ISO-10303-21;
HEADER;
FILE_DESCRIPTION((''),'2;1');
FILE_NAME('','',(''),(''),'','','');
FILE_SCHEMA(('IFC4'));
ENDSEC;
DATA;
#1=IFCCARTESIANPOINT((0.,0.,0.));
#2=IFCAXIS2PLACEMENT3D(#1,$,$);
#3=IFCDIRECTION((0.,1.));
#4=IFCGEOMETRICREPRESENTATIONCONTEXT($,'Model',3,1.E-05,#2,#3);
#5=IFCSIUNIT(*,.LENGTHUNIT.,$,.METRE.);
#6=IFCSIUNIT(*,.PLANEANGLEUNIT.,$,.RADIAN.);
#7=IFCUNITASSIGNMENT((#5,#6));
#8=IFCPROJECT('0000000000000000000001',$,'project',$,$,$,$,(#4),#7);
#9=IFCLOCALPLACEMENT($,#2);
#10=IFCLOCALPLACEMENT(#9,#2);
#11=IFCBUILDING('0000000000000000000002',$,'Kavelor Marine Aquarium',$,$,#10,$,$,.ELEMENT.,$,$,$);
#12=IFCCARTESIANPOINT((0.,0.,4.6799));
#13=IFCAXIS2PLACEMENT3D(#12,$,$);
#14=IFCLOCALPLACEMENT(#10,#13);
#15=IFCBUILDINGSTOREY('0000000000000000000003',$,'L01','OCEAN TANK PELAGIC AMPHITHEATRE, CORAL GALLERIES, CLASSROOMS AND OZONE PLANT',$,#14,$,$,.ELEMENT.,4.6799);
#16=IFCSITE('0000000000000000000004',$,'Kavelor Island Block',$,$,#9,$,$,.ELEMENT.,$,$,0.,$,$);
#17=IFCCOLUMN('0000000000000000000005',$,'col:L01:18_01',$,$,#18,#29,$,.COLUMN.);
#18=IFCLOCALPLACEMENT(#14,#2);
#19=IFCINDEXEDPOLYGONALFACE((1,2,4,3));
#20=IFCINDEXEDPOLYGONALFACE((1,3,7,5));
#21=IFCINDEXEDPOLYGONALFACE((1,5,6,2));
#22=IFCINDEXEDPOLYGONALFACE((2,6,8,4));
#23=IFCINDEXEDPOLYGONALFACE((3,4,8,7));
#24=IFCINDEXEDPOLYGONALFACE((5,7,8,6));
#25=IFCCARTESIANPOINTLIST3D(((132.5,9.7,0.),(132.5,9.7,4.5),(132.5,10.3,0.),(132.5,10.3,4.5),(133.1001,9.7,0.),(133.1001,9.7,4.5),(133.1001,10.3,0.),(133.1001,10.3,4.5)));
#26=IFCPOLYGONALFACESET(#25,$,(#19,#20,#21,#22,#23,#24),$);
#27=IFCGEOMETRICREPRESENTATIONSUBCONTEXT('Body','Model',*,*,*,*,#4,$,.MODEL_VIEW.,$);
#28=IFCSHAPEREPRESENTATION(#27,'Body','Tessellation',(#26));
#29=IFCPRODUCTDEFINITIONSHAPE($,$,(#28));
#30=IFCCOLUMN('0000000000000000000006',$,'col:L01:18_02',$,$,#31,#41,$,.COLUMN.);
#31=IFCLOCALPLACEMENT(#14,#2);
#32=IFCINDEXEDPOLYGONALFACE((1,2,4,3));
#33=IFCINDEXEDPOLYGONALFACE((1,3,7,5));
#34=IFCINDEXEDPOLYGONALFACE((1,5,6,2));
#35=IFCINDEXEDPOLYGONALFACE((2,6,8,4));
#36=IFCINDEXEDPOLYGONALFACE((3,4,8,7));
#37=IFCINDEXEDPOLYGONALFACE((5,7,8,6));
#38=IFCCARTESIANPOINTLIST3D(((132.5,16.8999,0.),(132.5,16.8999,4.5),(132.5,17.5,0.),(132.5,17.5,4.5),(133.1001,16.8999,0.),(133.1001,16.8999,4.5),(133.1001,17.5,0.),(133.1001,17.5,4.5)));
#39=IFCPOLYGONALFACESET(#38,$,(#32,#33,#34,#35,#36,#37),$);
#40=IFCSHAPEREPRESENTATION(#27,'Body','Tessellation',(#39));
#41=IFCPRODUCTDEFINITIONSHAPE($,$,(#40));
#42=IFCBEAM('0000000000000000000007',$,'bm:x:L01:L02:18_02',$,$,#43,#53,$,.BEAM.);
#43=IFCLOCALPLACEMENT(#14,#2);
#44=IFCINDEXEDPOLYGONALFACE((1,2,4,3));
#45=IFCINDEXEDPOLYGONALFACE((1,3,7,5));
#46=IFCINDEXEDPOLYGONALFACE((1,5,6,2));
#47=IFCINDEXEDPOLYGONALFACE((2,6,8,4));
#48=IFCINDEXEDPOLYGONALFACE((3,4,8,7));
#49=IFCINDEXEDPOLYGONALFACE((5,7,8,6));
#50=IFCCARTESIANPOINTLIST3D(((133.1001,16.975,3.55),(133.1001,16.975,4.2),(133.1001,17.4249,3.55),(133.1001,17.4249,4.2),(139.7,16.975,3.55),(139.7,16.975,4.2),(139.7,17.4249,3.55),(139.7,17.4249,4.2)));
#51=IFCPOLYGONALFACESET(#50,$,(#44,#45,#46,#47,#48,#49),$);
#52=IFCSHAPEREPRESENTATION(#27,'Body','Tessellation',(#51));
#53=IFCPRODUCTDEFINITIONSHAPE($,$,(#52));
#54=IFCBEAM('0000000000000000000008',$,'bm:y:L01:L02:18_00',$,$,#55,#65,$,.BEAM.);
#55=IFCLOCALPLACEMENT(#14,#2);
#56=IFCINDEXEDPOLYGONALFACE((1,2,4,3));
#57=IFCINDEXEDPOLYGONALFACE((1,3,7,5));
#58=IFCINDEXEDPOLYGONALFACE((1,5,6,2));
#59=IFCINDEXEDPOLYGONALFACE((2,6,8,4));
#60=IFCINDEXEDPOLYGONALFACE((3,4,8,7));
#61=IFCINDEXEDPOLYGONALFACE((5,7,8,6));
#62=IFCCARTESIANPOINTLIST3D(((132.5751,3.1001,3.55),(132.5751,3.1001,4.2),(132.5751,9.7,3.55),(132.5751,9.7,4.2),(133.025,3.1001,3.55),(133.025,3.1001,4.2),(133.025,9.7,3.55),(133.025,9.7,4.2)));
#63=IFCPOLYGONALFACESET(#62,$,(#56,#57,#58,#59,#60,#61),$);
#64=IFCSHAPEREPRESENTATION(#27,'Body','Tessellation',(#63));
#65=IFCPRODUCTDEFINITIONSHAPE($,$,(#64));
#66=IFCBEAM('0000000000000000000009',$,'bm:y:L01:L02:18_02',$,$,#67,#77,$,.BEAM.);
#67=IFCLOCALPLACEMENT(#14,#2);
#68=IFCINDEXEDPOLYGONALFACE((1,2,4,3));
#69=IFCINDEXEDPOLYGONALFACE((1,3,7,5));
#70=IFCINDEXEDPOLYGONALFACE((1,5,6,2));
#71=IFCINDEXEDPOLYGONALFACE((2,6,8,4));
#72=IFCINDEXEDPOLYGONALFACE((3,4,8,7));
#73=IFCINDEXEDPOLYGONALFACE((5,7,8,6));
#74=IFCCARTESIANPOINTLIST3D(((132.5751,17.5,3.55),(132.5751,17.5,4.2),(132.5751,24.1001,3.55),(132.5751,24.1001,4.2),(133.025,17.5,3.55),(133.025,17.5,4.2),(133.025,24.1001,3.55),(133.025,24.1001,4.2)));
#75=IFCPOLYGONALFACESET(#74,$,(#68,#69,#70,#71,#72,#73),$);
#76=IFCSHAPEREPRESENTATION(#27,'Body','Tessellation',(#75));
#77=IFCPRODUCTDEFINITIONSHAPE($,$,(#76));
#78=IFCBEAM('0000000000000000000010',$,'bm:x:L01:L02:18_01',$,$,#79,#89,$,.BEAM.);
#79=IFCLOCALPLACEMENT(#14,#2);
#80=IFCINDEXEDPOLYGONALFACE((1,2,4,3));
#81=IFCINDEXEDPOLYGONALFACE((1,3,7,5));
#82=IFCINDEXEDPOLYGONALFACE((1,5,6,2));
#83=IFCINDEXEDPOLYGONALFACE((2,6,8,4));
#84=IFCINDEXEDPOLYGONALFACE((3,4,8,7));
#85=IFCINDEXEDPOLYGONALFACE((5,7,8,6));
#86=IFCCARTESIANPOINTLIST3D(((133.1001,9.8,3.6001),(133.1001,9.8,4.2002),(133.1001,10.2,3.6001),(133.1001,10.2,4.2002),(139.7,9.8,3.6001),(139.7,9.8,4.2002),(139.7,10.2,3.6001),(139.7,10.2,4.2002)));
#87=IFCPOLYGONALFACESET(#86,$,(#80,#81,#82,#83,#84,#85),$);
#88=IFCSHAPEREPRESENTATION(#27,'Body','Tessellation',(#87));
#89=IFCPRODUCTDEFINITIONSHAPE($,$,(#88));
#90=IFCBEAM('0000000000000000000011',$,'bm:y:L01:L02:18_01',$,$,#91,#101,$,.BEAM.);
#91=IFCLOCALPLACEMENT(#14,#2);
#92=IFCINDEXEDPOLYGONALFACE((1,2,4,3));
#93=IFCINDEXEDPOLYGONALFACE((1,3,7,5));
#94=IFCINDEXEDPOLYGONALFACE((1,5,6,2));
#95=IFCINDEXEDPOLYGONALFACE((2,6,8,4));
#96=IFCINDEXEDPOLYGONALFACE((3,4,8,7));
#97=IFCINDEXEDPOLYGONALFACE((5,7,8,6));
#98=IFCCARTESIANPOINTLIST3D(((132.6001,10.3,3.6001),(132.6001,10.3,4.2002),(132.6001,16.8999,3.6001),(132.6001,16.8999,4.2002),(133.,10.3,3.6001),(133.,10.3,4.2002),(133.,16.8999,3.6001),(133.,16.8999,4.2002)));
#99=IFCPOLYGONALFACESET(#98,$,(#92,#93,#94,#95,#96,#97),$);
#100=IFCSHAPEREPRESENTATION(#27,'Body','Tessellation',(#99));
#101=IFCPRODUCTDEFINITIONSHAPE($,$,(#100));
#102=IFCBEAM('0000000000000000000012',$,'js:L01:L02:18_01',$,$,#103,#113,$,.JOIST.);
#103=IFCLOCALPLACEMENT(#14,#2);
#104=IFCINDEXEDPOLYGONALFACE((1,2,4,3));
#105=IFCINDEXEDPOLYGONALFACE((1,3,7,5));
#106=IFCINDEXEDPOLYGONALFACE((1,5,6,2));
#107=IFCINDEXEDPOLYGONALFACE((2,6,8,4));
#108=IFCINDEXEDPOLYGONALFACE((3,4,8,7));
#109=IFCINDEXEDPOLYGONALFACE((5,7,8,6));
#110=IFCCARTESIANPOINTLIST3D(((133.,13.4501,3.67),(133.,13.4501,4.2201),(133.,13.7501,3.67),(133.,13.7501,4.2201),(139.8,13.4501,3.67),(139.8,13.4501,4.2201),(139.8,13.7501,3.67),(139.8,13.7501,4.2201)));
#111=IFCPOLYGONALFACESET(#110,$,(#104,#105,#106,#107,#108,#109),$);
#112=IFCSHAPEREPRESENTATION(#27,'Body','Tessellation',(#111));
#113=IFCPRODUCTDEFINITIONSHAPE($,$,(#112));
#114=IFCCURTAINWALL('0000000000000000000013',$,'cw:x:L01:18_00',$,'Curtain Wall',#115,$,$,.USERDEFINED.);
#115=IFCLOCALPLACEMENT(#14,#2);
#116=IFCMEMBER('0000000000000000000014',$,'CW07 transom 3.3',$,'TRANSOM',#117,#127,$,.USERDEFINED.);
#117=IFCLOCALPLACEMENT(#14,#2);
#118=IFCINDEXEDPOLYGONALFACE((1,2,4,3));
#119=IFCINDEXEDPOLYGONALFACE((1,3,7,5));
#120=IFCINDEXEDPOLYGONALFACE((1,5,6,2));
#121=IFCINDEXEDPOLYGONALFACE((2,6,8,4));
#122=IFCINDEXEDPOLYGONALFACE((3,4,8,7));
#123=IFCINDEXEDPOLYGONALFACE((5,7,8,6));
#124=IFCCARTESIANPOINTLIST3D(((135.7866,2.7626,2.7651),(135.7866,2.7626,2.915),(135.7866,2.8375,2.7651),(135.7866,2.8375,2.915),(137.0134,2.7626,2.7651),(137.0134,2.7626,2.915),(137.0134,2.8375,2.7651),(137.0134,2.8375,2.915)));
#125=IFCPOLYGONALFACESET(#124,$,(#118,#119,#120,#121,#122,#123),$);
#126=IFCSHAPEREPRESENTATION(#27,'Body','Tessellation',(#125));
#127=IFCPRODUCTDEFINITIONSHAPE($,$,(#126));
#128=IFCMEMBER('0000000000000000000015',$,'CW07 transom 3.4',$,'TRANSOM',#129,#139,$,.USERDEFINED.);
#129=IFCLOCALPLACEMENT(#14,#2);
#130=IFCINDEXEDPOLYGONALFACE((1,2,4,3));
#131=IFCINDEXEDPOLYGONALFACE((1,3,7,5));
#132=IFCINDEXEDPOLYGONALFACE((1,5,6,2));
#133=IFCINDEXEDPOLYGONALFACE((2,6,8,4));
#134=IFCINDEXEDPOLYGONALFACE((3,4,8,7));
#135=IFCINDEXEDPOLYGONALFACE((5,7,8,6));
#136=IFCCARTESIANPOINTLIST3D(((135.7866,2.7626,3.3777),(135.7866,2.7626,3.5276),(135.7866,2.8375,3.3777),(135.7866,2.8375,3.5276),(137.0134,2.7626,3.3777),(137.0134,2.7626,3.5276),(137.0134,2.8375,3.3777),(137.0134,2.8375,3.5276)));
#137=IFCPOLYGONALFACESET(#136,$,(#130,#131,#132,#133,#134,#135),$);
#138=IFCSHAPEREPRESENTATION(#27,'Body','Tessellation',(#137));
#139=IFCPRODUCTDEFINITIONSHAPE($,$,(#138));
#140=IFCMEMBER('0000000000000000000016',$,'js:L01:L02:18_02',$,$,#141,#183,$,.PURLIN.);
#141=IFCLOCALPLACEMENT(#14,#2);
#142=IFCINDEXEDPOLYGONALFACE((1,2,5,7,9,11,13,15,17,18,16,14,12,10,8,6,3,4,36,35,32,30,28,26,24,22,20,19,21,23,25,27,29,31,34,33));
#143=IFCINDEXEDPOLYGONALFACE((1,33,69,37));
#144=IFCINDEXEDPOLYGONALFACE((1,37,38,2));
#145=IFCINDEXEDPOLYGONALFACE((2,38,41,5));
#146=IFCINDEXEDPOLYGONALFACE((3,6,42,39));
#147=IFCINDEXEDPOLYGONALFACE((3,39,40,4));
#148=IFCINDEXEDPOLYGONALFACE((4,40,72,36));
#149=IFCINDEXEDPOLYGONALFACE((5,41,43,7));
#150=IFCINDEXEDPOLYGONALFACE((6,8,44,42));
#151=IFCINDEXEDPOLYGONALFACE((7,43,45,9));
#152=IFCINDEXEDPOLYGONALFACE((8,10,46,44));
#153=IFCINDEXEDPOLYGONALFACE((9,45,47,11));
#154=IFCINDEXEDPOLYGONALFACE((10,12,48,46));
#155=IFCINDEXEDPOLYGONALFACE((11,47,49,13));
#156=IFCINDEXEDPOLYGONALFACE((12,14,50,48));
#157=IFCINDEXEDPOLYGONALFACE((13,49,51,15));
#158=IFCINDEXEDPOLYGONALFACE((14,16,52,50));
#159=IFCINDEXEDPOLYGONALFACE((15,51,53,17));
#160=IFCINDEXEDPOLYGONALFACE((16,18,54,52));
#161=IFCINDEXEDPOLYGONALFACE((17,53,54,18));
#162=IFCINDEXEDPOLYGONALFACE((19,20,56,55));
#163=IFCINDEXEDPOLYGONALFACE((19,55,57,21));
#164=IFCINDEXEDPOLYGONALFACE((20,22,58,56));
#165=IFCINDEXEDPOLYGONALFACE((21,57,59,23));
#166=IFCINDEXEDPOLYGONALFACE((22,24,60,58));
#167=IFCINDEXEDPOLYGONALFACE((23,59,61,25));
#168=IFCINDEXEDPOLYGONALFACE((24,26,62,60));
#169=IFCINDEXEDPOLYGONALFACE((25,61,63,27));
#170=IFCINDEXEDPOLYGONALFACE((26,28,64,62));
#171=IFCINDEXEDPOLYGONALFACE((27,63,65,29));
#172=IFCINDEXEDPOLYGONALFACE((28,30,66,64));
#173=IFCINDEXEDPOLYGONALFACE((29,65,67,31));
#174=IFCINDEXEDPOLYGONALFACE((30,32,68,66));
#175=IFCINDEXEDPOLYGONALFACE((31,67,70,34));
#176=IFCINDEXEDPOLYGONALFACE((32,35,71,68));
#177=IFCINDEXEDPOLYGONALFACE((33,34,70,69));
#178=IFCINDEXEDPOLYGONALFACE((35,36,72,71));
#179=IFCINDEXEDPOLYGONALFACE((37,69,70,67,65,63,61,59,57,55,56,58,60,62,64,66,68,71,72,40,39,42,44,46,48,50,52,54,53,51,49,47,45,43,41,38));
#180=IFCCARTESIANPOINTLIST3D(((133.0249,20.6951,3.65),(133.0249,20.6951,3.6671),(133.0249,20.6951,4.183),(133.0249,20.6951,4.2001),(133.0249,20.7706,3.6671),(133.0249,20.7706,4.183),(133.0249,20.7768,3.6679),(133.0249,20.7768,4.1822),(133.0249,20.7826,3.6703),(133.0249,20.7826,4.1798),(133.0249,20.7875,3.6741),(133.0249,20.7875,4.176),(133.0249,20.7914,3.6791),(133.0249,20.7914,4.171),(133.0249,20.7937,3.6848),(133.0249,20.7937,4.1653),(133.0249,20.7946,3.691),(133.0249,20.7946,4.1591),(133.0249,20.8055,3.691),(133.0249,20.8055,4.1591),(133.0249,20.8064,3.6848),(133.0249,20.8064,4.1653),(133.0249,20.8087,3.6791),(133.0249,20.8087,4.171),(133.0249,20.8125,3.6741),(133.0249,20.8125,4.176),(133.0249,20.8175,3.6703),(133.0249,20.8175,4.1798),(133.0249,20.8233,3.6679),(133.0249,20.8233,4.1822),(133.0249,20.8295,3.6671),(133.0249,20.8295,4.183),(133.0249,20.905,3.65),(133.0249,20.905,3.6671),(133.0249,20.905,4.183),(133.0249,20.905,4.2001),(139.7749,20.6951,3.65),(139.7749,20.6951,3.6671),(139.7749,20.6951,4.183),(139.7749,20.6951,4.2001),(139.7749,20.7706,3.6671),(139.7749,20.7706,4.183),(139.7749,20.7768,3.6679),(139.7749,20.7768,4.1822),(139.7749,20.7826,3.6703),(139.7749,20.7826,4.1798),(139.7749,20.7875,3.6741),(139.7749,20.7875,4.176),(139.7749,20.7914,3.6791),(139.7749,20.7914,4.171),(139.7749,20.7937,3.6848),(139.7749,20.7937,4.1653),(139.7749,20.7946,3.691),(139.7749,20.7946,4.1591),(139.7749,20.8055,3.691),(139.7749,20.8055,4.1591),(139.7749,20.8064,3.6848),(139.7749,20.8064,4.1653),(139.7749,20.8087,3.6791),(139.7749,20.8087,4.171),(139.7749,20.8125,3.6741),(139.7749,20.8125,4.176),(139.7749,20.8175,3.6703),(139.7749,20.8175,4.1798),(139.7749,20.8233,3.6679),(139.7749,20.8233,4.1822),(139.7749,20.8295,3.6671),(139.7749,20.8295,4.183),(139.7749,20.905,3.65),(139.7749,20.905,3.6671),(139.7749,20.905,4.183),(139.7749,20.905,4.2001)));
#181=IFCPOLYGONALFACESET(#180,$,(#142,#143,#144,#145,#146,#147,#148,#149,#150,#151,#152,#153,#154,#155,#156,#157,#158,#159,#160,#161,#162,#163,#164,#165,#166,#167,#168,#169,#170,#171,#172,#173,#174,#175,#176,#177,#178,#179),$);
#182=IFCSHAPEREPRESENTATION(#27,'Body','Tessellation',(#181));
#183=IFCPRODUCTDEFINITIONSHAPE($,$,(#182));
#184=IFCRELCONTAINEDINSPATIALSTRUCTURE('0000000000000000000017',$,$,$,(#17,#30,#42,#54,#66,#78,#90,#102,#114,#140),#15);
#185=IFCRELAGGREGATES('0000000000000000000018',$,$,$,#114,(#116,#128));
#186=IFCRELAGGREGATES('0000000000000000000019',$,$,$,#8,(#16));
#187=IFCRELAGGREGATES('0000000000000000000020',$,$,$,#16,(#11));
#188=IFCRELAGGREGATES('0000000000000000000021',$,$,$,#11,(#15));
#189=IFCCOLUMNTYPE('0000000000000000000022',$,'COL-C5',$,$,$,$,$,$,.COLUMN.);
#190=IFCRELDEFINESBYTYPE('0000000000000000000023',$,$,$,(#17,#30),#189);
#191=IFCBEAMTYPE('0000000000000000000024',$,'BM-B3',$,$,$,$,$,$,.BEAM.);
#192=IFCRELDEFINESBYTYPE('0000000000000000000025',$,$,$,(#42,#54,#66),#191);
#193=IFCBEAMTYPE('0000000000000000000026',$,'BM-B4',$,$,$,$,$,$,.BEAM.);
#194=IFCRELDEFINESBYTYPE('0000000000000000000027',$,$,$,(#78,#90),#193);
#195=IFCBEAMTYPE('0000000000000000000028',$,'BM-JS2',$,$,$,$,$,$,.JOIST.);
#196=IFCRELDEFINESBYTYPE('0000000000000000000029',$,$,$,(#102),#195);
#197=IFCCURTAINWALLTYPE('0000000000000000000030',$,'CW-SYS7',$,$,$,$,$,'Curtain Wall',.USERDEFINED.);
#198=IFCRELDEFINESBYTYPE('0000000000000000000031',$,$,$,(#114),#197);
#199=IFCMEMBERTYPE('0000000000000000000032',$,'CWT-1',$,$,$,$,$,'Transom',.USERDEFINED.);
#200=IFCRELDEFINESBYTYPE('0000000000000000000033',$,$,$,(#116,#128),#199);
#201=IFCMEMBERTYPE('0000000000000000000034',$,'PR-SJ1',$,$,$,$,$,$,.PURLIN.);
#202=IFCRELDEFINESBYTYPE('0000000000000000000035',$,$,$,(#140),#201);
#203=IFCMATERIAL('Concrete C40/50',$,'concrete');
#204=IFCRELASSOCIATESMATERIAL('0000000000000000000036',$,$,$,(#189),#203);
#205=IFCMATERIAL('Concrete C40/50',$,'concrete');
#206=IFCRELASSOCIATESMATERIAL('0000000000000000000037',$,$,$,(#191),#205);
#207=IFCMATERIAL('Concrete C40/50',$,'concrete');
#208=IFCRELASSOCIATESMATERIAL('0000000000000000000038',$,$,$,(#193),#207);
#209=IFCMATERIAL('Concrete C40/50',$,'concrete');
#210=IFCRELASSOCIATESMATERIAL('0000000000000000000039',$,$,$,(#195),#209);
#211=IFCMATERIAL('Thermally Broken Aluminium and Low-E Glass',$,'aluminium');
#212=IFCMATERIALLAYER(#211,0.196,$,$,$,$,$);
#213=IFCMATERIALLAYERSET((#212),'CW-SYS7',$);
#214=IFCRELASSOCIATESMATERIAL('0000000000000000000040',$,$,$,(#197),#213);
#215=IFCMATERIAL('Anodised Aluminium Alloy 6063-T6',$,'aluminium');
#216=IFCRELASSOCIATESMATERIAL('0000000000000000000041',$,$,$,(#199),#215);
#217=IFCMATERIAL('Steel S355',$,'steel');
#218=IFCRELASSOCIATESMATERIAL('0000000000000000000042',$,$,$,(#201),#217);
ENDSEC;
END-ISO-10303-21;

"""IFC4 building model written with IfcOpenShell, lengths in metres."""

from ifc_helpers import new_model, si_unit, direction, frame, origin, origin_2d, place, context, subcontext, project, spatial, rectangle, i_section, extrude, material, layer, layer_set, material_profile, profile_set, type_object, element, aggregate, save


model = new_model("IFC4")

# Units and contexts
model_context = context("Model", 3, precision=1e-05, world=origin(), true_north=direction((0.0, 1.0)))
body_context = subcontext(model_context, "Body", "Model", "MODEL_VIEW")
ifc_project = project(units=[si_unit("LENGTHUNIT", "METRE"), si_unit("PLANEANGLEUNIT", "RADIAN")], contexts=[model_context])

# Site, building, storey
site_placement = place(None, origin())
site = spatial("IfcSite", under=ifc_project, at=site_placement, Name="Kavelor Island Block", CompositionType="ELEMENT", RefElevation=0.0)
building_placement = place(site_placement, origin())
building = spatial("IfcBuilding", under=site, at=building_placement, Name="Kavelor Marine Aquarium", CompositionType="ELEMENT")
storey_placement = place(building_placement, frame((0.0, 0.0, 4.6799)))
storey = spatial("IfcBuildingStorey", under=building, at=storey_placement, Name="L01", Description="OCEAN TANK PELAGIC AMPHITHEATRE, CORAL GALLERIES, CLASSROOMS AND OZONE PLANT", CompositionType="ELEMENT", Elevation=4.6799)

# Columns
ifc_material_1 = material(Name="Concrete C40/50", Category="concrete")
ifc_material_profile_1 = material_profile(ifc_material_1, rectangle(XDim=0.6001, YDim=0.6001, at=origin_2d()), Name="RC-COL 600x600")
ifc_profile_set_1 = profile_set([ifc_material_profile_1], Name="Concrete C40/50")
column_type = type_object("IfcColumnType", Name="COL-C5", PredefinedType="COLUMN", material=ifc_profile_set_1)
for number, where, z_axis, x_axis, name in (
    (1, (132.8, 10.0, 0.0), (0.0, 0.0, 1.0), (1.0, 0.0, 0.0), "col:L01:18_01"),
    (2, (132.8, 17.2, 0.0), (0.0, 0.0, 1.0), (1.0, 0.0, 0.0), "col:L01:18_02"),
):
    element("IfcColumn", number, at=place(storey_placement, frame(where, z_axis=z_axis, x_axis=x_axis)), inside=storey, type_object=column_type, Name=name, PredefinedType="COLUMN", context=body_context, shape_type="SweptSolid", body=[
        extrude(rectangle(XDim=0.6001, YDim=0.6001, at=origin_2d()), origin(), (0.0, 0.0, 1.0), 4.5),
    ])

# Beams
ifc_material_2 = material(Name="Concrete C40/50", Category="concrete")
ifc_material_profile_2 = material_profile(ifc_material_2, rectangle(XDim=0.45, YDim=0.6499, at=origin_2d()), Name="RC-BM 450x650")
ifc_profile_set_2 = profile_set([ifc_material_profile_2], Name="Concrete C40/50")
beam_type_1 = type_object("IfcBeamType", Name="BM-B3", PredefinedType="BEAM", material=ifc_profile_set_2)
for number, where, z_axis, x_axis, name in (
    (3, (133.1001, 17.2, 3.875), (1.0, 0.0, 0.0), (0.0, 1.0, 0.0), "bm:x:L01:L02:18_02"),
    (4, (132.8, 3.1001, 3.875), (0.0, 1.0, 0.0), (-1.0, 0.0, 0.0), "bm:y:L01:L02:18_00"),
):
    element("IfcBeam", number, at=place(storey_placement, frame(where, z_axis=z_axis, x_axis=x_axis)), inside=storey, type_object=beam_type_1, Name=name, PredefinedType="BEAM", context=body_context, shape_type="SweptSolid", body=[
        extrude(rectangle(XDim=0.45, YDim=0.6499, at=origin_2d()), origin(), (0.0, 0.0, 1.0), 6.5999),
    ])
beam_1_placement = place(storey_placement, frame((132.8, 17.5, 3.875), z_axis=(0.0, 1.0, 0.0), x_axis=(-1.0, 0.0, 0.0)))
element("IfcBeam", 5, at=beam_1_placement, inside=storey, type_object=beam_type_1, Name="bm:y:L01:L02:18_02", PredefinedType="BEAM", context=body_context, shape_type="SweptSolid", body=[
    extrude(rectangle(XDim=0.45, YDim=0.6499, at=origin_2d()), origin(), (0.0, 0.0, 1.0), 6.6001),
])
ifc_material_3 = material(Name="Concrete C40/50", Category="concrete")
ifc_material_profile_3 = material_profile(ifc_material_3, rectangle(XDim=0.3999, YDim=0.6001, at=origin_2d()), Name="RC-BM 400x600")
ifc_profile_set_3 = profile_set([ifc_material_profile_3], Name="Concrete C40/50")
beam_type_2 = type_object("IfcBeamType", Name="BM-B4", PredefinedType="BEAM", material=ifc_profile_set_3)
for number, where, z_axis, x_axis, name in (
    (6, (133.1001, 10.0, 3.9001), (1.0, 0.0, 0.0), (0.0, 1.0, 0.0), "bm:x:L01:L02:18_01"),
    (7, (132.8, 10.3, 3.9001), (0.0, 1.0, 0.0), (-1.0, 0.0, 0.0), "bm:y:L01:L02:18_01"),
):
    element("IfcBeam", number, at=place(storey_placement, frame(where, z_axis=z_axis, x_axis=x_axis)), inside=storey, type_object=beam_type_2, Name=name, PredefinedType="BEAM", context=body_context, shape_type="SweptSolid", body=[
        extrude(rectangle(XDim=0.3999, YDim=0.6001, at=origin_2d()), origin(), (0.0, 0.0, 1.0), 6.5999),
    ])
ifc_material_4 = material(Name="Concrete C40/50", Category="concrete")
ifc_material_profile_4 = material_profile(ifc_material_4, rectangle(XDim=0.3, YDim=0.55, at=origin_2d()), Name="RC-JS 300x550")
ifc_profile_set_4 = profile_set([ifc_material_profile_4], Name="Concrete C40/50")
beam_type_3 = type_object("IfcBeamType", Name="BM-JS2", PredefinedType="JOIST", material=ifc_profile_set_4)
beam_2_placement = place(storey_placement, frame((133.0, 13.6001, 3.9451), z_axis=(1.0, 0.0, 0.0), x_axis=(0.0, 1.0, 0.0)))
element("IfcBeam", 8, at=beam_2_placement, inside=storey, type_object=beam_type_3, Name="js:L01:L02:18_01", PredefinedType="JOIST", context=body_context, shape_type="SweptSolid", body=[
    extrude(rectangle(XDim=0.3, YDim=0.55, at=origin_2d()), origin(), (0.0, 0.0, 1.0), 6.8),
])

# Curtain wall, members
ifc_material_5 = material(Name="Thermally Broken Aluminium and Low-E Glass", Category="aluminium")
ifc_layer_1 = layer(ifc_material_5, 0.196)
ifc_layer_set_1 = layer_set([ifc_layer_1], Name="CW-SYS7")
curtain_wall_type = type_object("IfcCurtainWallType", Name="CW-SYS7", ElementType="Curtain Wall", PredefinedType="USERDEFINED", material=ifc_layer_set_1)
curtain_wall_placement = place(storey_placement, origin())
curtain_wall = element("IfcCurtainWall", 9, at=curtain_wall_placement, inside=storey, type_object=curtain_wall_type, Name="cw:x:L01:18_00", ObjectType="Curtain Wall", PredefinedType="USERDEFINED")
ifc_material_6 = material(Name="Anodised Aluminium Alloy 6063-T6", Category="aluminium")
ifc_material_profile_5 = material_profile(ifc_material_6, rectangle(XDim=0.075, YDim=0.1499, at=origin_2d()), Name="CW-TRN 75x150")
ifc_profile_set_5 = profile_set([ifc_material_profile_5], Name="Anodised Aluminium Alloy 6063-T6")
member_type_1 = type_object("IfcMemberType", Name="CWT-1", ElementType="Transom", PredefinedType="USERDEFINED", material=ifc_profile_set_5)
member_1_placement = place(storey_placement, frame((137.0134, 2.8, 2.8401), z_axis=(-1.0, 0.0, 0.0), x_axis=(0.0, -1.0, 0.0)))
member_1 = element("IfcMember", 10, at=member_1_placement, type_object=member_type_1, Name="CW07 transom 3.3", ObjectType="TRANSOM", PredefinedType="USERDEFINED", context=body_context, shape_type="SweptSolid", body=[
    extrude(rectangle(XDim=0.075, YDim=0.1499, at=origin_2d()), origin(), (0.0, 0.0, 1.0), 1.2268),
])
member_2_placement = place(storey_placement, frame((137.0134, 2.8, 3.4526), z_axis=(-1.0, 0.0, 0.0), x_axis=(0.0, -1.0, 0.0)))
member_2 = element("IfcMember", 11, at=member_2_placement, type_object=member_type_1, Name="CW07 transom 3.4", ObjectType="TRANSOM", PredefinedType="USERDEFINED", context=body_context, shape_type="SweptSolid", body=[
    extrude(rectangle(XDim=0.075, YDim=0.1499, at=origin_2d()), origin(), (0.0, 0.0, 1.0), 1.2268),
])
aggregate(curtain_wall, [member_1, member_2])

# Member
ifc_material_7 = material(Name="Steel S355", Category="steel")
ifc_material_profile_6 = material_profile(ifc_material_7, i_section(OverallWidth=0.21, OverallDepth=0.55, WebThickness=0.011, FlangeThickness=0.0171, FilletRadius=0.0239, at=origin_2d()), Name="IPE 550")
ifc_profile_set_6 = profile_set([ifc_material_profile_6], Name="Steel S355")
member_type_2 = type_object("IfcMemberType", Name="PR-SJ1", PredefinedType="PURLIN", material=ifc_profile_set_6)
member_3_placement = place(storey_placement, frame((133.0249, 20.8, 3.925), z_axis=(1.0, 0.0, 0.0), x_axis=(0.0, 1.0, 0.0)))
element("IfcMember", 12, at=member_3_placement, inside=storey, type_object=member_type_2, Name="js:L01:L02:18_02", PredefinedType="PURLIN", context=body_context, shape_type="SweptSolid", body=[
    extrude(i_section(OverallWidth=0.21, OverallDepth=0.55, WebThickness=0.011, FlangeThickness=0.0171, FilletRadius=0.0239, at=origin_2d()), origin(), (0.0, 0.0, 1.0), 6.75),
])

save(model, "model.ifc")
